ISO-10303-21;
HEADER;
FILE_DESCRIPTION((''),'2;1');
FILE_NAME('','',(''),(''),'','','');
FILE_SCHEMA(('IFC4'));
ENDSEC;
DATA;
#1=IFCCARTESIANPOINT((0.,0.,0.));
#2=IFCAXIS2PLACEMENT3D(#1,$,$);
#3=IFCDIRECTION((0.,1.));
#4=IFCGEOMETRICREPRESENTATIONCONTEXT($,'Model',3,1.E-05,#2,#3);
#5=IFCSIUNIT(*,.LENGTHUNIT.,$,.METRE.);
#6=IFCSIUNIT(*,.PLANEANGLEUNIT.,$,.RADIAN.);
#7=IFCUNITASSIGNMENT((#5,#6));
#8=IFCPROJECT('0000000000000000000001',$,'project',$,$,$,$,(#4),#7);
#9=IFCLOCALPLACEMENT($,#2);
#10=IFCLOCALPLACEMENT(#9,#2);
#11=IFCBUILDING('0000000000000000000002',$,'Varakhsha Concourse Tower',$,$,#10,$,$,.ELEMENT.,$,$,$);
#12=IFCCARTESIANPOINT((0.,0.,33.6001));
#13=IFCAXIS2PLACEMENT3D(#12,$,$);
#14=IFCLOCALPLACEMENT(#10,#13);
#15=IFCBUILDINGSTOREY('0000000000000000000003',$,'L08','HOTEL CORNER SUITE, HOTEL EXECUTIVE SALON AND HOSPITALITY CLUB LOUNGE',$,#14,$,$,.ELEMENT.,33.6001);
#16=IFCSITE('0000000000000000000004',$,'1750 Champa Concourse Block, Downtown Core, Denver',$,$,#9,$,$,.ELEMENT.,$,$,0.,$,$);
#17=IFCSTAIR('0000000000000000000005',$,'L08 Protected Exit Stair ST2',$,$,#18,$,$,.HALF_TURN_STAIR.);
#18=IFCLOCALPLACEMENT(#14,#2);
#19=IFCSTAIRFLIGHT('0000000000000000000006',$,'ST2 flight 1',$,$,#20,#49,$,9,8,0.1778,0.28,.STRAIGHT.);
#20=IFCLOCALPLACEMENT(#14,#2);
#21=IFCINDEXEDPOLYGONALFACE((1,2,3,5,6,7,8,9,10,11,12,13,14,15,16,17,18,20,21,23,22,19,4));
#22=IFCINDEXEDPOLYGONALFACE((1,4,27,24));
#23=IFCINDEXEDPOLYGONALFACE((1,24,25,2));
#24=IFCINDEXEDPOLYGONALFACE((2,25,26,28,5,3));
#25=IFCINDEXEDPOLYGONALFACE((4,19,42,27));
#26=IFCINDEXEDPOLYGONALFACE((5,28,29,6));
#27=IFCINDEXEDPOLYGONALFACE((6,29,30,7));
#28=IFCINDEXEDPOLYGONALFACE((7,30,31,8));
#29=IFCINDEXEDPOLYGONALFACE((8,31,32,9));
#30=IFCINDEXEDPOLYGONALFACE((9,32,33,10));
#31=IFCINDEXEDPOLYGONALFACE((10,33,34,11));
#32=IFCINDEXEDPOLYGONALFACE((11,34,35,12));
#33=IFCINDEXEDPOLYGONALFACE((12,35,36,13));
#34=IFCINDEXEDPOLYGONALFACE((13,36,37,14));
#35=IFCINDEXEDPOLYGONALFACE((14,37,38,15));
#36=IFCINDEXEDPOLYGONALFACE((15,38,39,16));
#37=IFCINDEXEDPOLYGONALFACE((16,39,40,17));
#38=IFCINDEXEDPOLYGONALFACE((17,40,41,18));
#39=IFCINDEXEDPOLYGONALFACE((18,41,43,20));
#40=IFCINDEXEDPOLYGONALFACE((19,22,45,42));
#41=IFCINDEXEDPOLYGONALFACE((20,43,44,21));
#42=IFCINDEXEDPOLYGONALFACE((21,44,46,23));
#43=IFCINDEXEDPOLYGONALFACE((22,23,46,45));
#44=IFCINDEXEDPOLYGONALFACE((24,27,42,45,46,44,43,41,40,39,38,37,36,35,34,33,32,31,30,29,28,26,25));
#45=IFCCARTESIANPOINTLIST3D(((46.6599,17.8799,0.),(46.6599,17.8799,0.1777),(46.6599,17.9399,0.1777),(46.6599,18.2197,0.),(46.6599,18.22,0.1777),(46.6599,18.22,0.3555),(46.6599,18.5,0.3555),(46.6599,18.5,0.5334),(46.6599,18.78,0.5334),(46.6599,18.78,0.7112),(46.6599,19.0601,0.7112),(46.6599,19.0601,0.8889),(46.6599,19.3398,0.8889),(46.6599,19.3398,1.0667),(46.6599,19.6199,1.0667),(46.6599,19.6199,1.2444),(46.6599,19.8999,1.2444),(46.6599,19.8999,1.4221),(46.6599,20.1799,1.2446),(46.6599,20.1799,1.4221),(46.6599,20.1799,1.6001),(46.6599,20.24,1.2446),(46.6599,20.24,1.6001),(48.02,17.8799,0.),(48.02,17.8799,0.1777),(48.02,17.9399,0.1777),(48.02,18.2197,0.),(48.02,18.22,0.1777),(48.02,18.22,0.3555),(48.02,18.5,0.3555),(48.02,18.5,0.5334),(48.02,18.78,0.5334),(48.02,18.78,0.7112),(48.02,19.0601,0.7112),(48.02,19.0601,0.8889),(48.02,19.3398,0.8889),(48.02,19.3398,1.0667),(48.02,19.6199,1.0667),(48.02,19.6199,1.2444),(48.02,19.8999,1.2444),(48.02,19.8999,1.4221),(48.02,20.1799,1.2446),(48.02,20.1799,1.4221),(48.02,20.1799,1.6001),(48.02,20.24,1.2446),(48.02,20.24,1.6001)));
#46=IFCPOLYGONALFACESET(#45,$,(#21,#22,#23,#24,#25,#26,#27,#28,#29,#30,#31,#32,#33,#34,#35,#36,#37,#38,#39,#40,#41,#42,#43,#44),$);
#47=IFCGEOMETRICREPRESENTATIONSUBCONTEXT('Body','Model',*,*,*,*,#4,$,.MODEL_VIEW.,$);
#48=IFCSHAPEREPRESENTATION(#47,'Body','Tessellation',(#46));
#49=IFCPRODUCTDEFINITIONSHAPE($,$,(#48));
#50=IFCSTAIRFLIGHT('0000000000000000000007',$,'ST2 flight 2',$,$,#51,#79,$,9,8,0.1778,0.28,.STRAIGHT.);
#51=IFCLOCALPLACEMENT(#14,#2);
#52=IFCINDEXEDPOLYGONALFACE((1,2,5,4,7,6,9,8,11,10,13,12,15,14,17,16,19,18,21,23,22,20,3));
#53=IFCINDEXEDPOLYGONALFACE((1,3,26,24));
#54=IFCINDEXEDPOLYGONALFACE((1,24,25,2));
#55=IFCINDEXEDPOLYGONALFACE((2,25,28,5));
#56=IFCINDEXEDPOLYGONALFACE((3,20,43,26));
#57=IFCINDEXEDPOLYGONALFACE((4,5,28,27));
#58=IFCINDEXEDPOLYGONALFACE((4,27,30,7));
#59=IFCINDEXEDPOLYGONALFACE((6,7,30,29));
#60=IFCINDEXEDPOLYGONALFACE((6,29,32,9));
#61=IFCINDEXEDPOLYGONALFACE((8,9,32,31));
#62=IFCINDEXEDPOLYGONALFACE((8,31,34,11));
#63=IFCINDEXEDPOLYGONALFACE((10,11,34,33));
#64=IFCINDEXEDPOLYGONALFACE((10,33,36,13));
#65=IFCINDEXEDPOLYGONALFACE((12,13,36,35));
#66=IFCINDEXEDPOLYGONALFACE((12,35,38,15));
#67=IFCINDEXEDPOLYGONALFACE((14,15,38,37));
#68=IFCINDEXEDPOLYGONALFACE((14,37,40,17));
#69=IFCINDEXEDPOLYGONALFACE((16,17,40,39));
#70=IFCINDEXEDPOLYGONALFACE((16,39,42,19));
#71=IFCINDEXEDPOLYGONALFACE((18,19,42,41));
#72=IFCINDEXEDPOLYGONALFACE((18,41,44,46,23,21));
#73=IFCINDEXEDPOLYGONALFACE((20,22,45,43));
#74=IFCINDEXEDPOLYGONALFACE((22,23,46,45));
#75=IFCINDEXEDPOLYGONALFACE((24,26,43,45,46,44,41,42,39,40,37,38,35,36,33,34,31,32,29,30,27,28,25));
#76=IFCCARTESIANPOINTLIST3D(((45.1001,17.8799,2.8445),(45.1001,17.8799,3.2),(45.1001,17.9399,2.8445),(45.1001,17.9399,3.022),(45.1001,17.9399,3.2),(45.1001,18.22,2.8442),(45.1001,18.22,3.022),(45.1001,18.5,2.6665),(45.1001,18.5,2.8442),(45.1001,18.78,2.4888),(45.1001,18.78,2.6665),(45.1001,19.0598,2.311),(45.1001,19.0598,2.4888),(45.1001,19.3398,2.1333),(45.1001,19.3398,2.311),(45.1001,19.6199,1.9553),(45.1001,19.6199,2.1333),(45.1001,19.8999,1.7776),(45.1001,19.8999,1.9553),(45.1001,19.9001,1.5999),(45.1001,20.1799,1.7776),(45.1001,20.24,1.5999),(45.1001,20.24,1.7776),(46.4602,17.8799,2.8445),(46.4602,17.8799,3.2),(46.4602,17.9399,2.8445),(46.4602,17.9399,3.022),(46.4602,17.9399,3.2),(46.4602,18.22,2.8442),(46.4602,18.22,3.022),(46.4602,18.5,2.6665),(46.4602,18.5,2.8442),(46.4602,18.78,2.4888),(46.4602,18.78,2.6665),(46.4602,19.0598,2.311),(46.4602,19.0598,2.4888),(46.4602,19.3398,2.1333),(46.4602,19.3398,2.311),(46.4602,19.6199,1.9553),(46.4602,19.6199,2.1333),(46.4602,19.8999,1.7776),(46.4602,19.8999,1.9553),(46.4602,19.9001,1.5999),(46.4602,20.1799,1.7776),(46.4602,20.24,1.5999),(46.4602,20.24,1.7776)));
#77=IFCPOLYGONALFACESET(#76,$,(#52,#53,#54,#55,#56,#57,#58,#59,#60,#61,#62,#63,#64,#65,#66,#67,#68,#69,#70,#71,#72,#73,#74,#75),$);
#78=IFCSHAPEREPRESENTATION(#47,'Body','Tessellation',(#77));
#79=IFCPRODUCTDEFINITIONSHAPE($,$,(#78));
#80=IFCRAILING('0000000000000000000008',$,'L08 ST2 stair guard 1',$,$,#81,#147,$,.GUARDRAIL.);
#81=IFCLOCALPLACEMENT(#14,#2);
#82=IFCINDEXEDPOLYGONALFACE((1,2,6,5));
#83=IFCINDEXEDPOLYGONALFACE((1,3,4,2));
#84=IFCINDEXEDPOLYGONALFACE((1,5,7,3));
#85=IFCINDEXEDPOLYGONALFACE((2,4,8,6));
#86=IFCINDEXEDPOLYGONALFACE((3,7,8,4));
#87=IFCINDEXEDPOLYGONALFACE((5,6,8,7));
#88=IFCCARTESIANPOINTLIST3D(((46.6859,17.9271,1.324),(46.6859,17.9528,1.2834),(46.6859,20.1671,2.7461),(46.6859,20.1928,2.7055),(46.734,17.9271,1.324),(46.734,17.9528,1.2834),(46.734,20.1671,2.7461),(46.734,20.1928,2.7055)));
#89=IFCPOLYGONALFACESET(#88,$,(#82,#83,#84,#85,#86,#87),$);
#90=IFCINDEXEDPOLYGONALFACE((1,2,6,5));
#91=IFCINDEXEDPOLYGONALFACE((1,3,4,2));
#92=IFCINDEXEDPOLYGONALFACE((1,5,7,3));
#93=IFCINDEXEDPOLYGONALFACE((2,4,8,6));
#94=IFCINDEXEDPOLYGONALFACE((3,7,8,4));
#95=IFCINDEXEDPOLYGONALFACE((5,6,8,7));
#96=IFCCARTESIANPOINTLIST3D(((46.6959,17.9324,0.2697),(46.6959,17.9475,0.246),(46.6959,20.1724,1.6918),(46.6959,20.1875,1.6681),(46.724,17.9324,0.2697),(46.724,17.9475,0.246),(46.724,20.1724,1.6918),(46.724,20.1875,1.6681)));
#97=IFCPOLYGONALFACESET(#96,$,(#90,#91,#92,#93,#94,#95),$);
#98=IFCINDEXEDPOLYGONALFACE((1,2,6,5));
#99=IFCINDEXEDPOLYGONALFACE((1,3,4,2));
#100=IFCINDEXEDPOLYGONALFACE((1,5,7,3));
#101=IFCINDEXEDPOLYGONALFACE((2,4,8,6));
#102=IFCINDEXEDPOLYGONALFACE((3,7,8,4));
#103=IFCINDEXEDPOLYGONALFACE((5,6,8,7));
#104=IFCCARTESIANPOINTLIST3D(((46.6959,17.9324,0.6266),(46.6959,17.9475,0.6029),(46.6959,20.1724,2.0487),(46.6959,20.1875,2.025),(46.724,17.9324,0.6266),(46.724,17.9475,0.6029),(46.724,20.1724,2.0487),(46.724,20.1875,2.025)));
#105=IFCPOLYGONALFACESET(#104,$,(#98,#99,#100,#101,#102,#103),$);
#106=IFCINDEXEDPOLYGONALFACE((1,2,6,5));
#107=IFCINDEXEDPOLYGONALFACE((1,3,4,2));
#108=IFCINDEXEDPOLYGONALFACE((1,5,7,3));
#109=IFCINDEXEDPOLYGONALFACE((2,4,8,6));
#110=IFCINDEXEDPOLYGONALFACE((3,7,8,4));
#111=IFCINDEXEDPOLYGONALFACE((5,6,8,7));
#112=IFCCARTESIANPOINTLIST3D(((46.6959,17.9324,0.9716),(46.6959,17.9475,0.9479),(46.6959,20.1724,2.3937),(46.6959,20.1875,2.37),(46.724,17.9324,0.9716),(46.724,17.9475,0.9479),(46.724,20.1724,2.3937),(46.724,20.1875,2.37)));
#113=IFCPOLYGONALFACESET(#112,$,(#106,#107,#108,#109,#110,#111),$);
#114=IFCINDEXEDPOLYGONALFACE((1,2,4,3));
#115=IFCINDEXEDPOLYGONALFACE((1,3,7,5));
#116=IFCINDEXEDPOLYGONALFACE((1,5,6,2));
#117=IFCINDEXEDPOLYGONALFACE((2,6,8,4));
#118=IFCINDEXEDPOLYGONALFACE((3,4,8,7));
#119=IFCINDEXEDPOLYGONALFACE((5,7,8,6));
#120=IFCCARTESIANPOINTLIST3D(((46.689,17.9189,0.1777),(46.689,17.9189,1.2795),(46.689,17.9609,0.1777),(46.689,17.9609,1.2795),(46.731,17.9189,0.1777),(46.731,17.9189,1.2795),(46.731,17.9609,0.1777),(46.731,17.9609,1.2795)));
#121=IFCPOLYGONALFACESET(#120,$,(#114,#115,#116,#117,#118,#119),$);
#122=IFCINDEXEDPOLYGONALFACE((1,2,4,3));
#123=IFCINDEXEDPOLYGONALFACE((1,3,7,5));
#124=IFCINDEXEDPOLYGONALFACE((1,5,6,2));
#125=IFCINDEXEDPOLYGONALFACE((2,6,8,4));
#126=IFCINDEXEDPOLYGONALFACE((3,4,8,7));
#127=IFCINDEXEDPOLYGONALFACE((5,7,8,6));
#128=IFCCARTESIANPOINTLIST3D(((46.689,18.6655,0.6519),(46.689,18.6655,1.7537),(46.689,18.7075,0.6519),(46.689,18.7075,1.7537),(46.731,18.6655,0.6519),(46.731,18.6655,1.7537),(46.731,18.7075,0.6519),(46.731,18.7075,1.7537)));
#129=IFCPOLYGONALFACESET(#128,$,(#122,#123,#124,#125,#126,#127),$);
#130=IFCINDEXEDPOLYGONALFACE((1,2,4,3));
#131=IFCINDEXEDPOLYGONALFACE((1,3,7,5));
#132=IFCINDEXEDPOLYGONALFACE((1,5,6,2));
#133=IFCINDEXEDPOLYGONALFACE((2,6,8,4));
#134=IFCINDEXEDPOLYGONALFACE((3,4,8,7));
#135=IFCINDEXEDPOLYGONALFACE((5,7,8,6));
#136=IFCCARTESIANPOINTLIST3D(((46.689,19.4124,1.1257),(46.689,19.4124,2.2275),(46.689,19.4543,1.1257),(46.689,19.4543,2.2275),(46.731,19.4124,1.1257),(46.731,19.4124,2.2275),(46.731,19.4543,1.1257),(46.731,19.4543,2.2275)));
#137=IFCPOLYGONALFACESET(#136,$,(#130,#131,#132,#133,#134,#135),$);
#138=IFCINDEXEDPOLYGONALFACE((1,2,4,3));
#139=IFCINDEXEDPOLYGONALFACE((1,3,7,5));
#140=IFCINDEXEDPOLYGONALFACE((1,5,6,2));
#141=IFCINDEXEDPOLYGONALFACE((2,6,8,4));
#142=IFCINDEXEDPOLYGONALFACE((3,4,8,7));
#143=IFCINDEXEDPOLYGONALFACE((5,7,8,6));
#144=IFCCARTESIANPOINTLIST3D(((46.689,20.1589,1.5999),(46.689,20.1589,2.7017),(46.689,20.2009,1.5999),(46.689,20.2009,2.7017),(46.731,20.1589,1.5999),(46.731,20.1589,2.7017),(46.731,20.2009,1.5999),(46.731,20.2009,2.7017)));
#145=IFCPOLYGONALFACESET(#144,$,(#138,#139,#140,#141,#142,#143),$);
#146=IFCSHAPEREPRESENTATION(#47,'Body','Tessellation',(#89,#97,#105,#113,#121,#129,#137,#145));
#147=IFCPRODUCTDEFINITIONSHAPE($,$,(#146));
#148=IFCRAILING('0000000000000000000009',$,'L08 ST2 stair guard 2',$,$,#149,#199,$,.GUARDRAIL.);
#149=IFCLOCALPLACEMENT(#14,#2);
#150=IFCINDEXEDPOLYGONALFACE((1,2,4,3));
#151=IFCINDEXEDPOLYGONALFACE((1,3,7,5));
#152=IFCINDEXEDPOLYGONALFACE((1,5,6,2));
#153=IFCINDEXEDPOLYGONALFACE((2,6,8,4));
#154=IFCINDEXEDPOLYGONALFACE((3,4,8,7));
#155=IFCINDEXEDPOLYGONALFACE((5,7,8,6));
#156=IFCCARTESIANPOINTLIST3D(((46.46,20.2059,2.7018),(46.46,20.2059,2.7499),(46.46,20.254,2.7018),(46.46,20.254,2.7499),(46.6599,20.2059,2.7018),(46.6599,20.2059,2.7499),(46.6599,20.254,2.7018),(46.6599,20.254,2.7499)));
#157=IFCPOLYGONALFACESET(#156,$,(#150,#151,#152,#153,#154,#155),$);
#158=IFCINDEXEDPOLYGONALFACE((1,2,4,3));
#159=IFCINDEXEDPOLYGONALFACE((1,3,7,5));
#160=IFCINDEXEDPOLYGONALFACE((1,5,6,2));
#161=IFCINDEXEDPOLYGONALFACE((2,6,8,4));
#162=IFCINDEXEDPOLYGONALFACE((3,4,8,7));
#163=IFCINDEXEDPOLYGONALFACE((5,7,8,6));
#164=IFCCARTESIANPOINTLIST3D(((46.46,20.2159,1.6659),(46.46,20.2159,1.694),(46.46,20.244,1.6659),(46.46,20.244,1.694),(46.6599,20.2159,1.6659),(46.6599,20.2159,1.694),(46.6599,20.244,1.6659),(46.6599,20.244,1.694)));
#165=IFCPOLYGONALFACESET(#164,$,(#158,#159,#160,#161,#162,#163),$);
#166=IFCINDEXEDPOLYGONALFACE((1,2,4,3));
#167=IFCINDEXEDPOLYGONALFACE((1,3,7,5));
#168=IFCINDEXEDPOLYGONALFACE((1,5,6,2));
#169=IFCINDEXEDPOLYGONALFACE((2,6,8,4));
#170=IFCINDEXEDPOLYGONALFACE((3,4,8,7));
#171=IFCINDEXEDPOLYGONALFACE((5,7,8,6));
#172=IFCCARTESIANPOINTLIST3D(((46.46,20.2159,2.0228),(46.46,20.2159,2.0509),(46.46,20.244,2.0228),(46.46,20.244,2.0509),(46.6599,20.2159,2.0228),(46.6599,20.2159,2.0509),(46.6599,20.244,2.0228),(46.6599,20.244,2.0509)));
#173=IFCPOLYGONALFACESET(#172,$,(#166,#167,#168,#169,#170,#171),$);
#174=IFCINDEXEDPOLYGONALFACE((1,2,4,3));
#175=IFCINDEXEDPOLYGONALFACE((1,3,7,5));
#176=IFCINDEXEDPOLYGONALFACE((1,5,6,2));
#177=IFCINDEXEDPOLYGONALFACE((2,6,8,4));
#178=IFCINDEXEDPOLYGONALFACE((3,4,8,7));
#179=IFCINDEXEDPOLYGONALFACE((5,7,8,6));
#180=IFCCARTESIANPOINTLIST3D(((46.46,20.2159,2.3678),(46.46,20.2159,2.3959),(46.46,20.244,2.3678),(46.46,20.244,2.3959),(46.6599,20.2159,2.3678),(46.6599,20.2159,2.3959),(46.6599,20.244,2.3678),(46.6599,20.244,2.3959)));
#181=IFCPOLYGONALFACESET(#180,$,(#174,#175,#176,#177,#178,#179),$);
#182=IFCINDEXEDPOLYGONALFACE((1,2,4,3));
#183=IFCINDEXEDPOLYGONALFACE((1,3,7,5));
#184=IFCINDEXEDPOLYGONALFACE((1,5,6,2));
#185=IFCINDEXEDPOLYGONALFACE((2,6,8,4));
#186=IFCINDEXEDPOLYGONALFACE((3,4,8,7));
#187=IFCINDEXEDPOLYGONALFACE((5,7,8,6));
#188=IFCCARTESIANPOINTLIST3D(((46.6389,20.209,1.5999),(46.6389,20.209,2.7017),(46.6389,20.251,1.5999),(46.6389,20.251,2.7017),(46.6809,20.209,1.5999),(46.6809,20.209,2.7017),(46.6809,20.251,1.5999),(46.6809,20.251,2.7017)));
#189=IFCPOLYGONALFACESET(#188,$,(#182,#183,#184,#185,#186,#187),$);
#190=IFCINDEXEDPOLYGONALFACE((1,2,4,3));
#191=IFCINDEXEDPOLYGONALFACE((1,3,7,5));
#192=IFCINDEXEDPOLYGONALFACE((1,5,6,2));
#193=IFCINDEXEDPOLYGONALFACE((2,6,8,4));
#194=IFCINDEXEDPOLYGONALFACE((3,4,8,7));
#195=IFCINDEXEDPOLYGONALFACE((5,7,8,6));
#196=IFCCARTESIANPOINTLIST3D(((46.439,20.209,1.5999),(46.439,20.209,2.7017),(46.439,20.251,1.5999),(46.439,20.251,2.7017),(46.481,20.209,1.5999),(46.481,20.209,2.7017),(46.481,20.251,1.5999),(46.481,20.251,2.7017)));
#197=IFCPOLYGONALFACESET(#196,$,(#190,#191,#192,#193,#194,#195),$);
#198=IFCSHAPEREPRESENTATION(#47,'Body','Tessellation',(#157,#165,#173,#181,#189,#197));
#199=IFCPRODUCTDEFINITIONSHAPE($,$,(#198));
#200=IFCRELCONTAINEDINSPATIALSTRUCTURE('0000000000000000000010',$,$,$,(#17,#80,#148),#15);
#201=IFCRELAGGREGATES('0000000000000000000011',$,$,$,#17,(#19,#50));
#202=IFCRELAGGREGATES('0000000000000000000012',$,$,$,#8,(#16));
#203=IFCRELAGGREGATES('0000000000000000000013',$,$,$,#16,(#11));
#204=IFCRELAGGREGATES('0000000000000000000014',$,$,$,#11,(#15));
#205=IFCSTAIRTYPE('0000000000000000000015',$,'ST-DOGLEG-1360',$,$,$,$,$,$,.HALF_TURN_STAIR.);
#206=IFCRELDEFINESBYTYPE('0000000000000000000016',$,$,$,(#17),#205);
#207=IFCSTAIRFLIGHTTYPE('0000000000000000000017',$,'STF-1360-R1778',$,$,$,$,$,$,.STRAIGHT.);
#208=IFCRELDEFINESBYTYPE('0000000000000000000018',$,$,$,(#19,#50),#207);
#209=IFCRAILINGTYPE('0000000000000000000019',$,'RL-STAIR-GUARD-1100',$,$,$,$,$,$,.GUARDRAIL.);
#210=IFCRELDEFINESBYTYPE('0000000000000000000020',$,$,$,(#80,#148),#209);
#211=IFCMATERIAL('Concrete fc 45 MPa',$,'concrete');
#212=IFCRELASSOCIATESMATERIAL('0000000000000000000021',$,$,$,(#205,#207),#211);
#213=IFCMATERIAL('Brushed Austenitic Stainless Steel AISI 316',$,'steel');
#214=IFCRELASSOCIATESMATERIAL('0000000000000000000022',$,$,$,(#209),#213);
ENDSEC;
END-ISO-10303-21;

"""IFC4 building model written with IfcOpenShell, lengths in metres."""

from ifc_helpers import new_model, si_unit, direction, frame, origin, origin_2d, place, context, subcontext, project, spatial, polyline, rectangle, outline, extrude, material, type_object, element, aggregate, save


model = new_model("IFC4")

# Units and contexts
model_context = context("Model", 3, precision=1e-05, world=origin(), true_north=direction((0.0, 1.0)))
body_context = subcontext(model_context, "Body", "Model", "MODEL_VIEW")
ifc_project = project(units=[si_unit("LENGTHUNIT", "METRE"), si_unit("PLANEANGLEUNIT", "RADIAN")], contexts=[model_context])

# Site, building, storey
site_placement = place(None, origin())
site = spatial("IfcSite", under=ifc_project, at=site_placement, Name="1750 Champa Concourse Block, Downtown Core, Denver", CompositionType="ELEMENT", RefElevation=0.0)
building_placement = place(site_placement, origin())
building = spatial("IfcBuilding", under=site, at=building_placement, Name="Varakhsha Concourse Tower", CompositionType="ELEMENT")
storey_placement = place(building_placement, frame((0.0, 0.0, 33.6001)))
storey = spatial("IfcBuildingStorey", under=building, at=storey_placement, Name="L08", Description="HOTEL CORNER SUITE, HOTEL EXECUTIVE SALON AND HOSPITALITY CLUB LOUNGE", CompositionType="ELEMENT", Elevation=33.6001)

# Shared definitions
ifc_material_1 = material(Name="Concrete fc 45 MPa", Category="concrete")

# Stair, stair flights
stair_type = type_object("IfcStairType", Name="ST-DOGLEG-1360", PredefinedType="HALF_TURN_STAIR", material=ifc_material_1)
stair_placement = place(storey_placement, origin())
stair = element("IfcStair", 1, at=stair_placement, inside=storey, type_object=stair_type, Name="L08 Protected Exit Stair ST2", PredefinedType="HALF_TURN_STAIR")
stair_flight_type = type_object("IfcStairFlightType", Name="STF-1360-R1778", PredefinedType="STRAIGHT", material=ifc_material_1)
stair_flight_1_placement = place(storey_placement, frame((47.3401, 17.9399, 0.0), z_axis=(0.0, 0.0, 1.0), x_axis=(0.0, 1.0, 0.0)))
stair_flight_1 = element("IfcStairFlight", 2, at=stair_flight_1_placement, type_object=stair_flight_type, Name="ST2 flight 1", NumberOfRisers=9, NumberOfTreads=8, PredefinedType="STRAIGHT", RiserHeight=0.1778, TreadLength=0.28, context=body_context, shape_type="SweptSolid", body=[
    extrude(outline(polyline([(-0.0601, 0.0), (-0.0601, 0.1777), (0.0, 0.1777), (0.28, 0.1777), (0.28, 0.3555), (0.5601, 0.3555), (0.5601, 0.5334), (0.8401, 0.5334), (0.8401, 0.7112), (1.1201, 0.7112), (1.1201, 0.8889), (1.3999, 0.8889), (1.3999, 1.0667), (1.6799, 1.0667), (1.6799, 1.2444), (1.96, 1.2444), (1.96, 1.4221), (2.24, 1.4221), (2.24, 1.6001), (2.3, 1.6001), (2.3, 1.2446), (2.24, 1.2446), (0.2798, 0.0), (-0.0601, 0.0)])), frame((0.0, 0.6802, 0.0), z_axis=(0.0, -1.0, 0.0), x_axis=(1.0, 0.0, 0.0)), (0.0, 0.0, 1.0), 1.3601),
])
stair_flight_2_placement = place(storey_placement, frame((45.78, 20.1799, 1.5999), z_axis=(0.0, 0.0, 1.0), x_axis=(0.0, -1.0, 0.0)))
stair_flight_2 = element("IfcStairFlight", 3, at=stair_flight_2_placement, type_object=stair_flight_type, Name="ST2 flight 2", NumberOfRisers=9, NumberOfTreads=8, PredefinedType="STRAIGHT", RiserHeight=0.1778, TreadLength=0.28, context=body_context, shape_type="SweptSolid", body=[
    extrude(outline(polyline([(-0.0601, 0.0), (-0.0601, 0.1777), (0.0, 0.1777), (0.28, 0.1777), (0.28, 0.3555), (0.5601, 0.3555), (0.5601, 0.5334), (0.8401, 0.5334), (0.8401, 0.7112), (1.1201, 0.7112), (1.1201, 0.8889), (1.3999, 0.8889), (1.3999, 1.0667), (1.6799, 1.0667), (1.6799, 1.2444), (1.96, 1.2444), (1.96, 1.4221), (2.24, 1.4221), (2.24, 1.6001), (2.3, 1.6001), (2.3, 1.2446), (2.24, 1.2446), (0.2798, 0.0), (-0.0601, 0.0)])), frame((0.0, 0.6802, 0.0), z_axis=(0.0, -1.0, 0.0), x_axis=(1.0, 0.0, 0.0)), (0.0, 0.0, 1.0), 1.3601),
])
aggregate(stair, [stair_flight_1, stair_flight_2])

# Railings
ifc_material_2 = material(Name="Brushed Austenitic Stainless Steel AISI 316", Category="steel")
railing_type_1 = type_object("IfcRailingType", Name="RL-STAIR-GUARD-1100", PredefinedType="GUARDRAIL", material=ifc_material_2)
railing_1_placement = place(storey_placement, frame((46.71, 17.9399, 0.1777)))
element("IfcRailing", 4, at=railing_1_placement, inside=storey, type_object=railing_type_1, Name="L08 ST2 stair guard 1", PredefinedType="GUARDRAIL", context=body_context, shape_type="SweptSolid", body=[
    extrude(rectangle(XDim=0.0481, YDim=0.0481, at=origin_2d()), frame((0.0, 0.0, 1.126), z_axis=(0.0, 0.844229, 0.535982), x_axis=(-1.0, 0.0, 0.0)), (0.0, 0.0, 1.0), 2.6533),
    extrude(rectangle(XDim=0.0281, YDim=0.0281, at=origin_2d()), frame((0.0, 0.0, 0.0801), z_axis=(0.0, 0.844229, 0.535982), x_axis=(-1.0, 0.0, 0.0)), (0.0, 0.0, 1.0), 2.6533),
    extrude(rectangle(XDim=0.0281, YDim=0.0281, at=origin_2d()), frame((0.0, 0.0, 0.437), z_axis=(0.0, 0.844229, 0.535982), x_axis=(-1.0, 0.0, 0.0)), (0.0, 0.0, 1.0), 2.6533),
    extrude(rectangle(XDim=0.0281, YDim=0.0281, at=origin_2d()), frame((0.0, 0.0, 0.782), z_axis=(0.0, 0.844229, 0.535982), x_axis=(-1.0, 0.0, 0.0)), (0.0, 0.0, 1.0), 2.6533),
    extrude(rectangle(XDim=0.042, YDim=0.042, at=origin_2d()), origin(), (0.0, 0.0, 1.0), 1.1018),
    extrude(rectangle(XDim=0.042, YDim=0.042, at=origin_2d()), frame((0.0, 0.7466, 0.4741)), (0.0, 0.0, 1.0), 1.1018),
    extrude(rectangle(XDim=0.042, YDim=0.042, at=origin_2d()), frame((0.0, 1.4934, 0.948)), (0.0, 0.0, 1.0), 1.1018),
    extrude(rectangle(XDim=0.042, YDim=0.042, at=origin_2d()), frame((0.0, 2.24, 1.4221)), (0.0, 0.0, 1.0), 1.1018),
])
railing_2_placement = place(storey_placement, frame((46.6599, 20.23, 1.5999)))
element("IfcRailing", 5, at=railing_2_placement, inside=storey, type_object=railing_type_1, Name="L08 ST2 stair guard 2", PredefinedType="GUARDRAIL", context=body_context, shape_type="SweptSolid", body=[
    extrude(rectangle(XDim=0.0481, YDim=0.0481, at=origin_2d()), frame((0.0, 0.0, 1.126), z_axis=(-1.0, 0.0, 0.0), x_axis=(0.0, -1.0, 0.0)), (0.0, 0.0, 1.0), 0.2),
    extrude(rectangle(XDim=0.0281, YDim=0.0281, at=origin_2d()), frame((0.0, 0.0, 0.0801), z_axis=(-1.0, 0.0, 0.0), x_axis=(0.0, -1.0, 0.0)), (0.0, 0.0, 1.0), 0.2),
    extrude(rectangle(XDim=0.0281, YDim=0.0281, at=origin_2d()), frame((0.0, 0.0, 0.437), z_axis=(-1.0, 0.0, 0.0), x_axis=(0.0, -1.0, 0.0)), (0.0, 0.0, 1.0), 0.2),
    extrude(rectangle(XDim=0.0281, YDim=0.0281, at=origin_2d()), frame((0.0, 0.0, 0.782), z_axis=(-1.0, 0.0, 0.0), x_axis=(0.0, -1.0, 0.0)), (0.0, 0.0, 1.0), 0.2),
    extrude(rectangle(XDim=0.042, YDim=0.042, at=origin_2d()), origin(), (0.0, 0.0, 1.0), 1.1018),
    extrude(rectangle(XDim=0.042, YDim=0.042, at=origin_2d()), frame((-0.2, 0.0, 0.0)), (0.0, 0.0, 1.0), 1.1018),
])

save(model, "model.ifc")
